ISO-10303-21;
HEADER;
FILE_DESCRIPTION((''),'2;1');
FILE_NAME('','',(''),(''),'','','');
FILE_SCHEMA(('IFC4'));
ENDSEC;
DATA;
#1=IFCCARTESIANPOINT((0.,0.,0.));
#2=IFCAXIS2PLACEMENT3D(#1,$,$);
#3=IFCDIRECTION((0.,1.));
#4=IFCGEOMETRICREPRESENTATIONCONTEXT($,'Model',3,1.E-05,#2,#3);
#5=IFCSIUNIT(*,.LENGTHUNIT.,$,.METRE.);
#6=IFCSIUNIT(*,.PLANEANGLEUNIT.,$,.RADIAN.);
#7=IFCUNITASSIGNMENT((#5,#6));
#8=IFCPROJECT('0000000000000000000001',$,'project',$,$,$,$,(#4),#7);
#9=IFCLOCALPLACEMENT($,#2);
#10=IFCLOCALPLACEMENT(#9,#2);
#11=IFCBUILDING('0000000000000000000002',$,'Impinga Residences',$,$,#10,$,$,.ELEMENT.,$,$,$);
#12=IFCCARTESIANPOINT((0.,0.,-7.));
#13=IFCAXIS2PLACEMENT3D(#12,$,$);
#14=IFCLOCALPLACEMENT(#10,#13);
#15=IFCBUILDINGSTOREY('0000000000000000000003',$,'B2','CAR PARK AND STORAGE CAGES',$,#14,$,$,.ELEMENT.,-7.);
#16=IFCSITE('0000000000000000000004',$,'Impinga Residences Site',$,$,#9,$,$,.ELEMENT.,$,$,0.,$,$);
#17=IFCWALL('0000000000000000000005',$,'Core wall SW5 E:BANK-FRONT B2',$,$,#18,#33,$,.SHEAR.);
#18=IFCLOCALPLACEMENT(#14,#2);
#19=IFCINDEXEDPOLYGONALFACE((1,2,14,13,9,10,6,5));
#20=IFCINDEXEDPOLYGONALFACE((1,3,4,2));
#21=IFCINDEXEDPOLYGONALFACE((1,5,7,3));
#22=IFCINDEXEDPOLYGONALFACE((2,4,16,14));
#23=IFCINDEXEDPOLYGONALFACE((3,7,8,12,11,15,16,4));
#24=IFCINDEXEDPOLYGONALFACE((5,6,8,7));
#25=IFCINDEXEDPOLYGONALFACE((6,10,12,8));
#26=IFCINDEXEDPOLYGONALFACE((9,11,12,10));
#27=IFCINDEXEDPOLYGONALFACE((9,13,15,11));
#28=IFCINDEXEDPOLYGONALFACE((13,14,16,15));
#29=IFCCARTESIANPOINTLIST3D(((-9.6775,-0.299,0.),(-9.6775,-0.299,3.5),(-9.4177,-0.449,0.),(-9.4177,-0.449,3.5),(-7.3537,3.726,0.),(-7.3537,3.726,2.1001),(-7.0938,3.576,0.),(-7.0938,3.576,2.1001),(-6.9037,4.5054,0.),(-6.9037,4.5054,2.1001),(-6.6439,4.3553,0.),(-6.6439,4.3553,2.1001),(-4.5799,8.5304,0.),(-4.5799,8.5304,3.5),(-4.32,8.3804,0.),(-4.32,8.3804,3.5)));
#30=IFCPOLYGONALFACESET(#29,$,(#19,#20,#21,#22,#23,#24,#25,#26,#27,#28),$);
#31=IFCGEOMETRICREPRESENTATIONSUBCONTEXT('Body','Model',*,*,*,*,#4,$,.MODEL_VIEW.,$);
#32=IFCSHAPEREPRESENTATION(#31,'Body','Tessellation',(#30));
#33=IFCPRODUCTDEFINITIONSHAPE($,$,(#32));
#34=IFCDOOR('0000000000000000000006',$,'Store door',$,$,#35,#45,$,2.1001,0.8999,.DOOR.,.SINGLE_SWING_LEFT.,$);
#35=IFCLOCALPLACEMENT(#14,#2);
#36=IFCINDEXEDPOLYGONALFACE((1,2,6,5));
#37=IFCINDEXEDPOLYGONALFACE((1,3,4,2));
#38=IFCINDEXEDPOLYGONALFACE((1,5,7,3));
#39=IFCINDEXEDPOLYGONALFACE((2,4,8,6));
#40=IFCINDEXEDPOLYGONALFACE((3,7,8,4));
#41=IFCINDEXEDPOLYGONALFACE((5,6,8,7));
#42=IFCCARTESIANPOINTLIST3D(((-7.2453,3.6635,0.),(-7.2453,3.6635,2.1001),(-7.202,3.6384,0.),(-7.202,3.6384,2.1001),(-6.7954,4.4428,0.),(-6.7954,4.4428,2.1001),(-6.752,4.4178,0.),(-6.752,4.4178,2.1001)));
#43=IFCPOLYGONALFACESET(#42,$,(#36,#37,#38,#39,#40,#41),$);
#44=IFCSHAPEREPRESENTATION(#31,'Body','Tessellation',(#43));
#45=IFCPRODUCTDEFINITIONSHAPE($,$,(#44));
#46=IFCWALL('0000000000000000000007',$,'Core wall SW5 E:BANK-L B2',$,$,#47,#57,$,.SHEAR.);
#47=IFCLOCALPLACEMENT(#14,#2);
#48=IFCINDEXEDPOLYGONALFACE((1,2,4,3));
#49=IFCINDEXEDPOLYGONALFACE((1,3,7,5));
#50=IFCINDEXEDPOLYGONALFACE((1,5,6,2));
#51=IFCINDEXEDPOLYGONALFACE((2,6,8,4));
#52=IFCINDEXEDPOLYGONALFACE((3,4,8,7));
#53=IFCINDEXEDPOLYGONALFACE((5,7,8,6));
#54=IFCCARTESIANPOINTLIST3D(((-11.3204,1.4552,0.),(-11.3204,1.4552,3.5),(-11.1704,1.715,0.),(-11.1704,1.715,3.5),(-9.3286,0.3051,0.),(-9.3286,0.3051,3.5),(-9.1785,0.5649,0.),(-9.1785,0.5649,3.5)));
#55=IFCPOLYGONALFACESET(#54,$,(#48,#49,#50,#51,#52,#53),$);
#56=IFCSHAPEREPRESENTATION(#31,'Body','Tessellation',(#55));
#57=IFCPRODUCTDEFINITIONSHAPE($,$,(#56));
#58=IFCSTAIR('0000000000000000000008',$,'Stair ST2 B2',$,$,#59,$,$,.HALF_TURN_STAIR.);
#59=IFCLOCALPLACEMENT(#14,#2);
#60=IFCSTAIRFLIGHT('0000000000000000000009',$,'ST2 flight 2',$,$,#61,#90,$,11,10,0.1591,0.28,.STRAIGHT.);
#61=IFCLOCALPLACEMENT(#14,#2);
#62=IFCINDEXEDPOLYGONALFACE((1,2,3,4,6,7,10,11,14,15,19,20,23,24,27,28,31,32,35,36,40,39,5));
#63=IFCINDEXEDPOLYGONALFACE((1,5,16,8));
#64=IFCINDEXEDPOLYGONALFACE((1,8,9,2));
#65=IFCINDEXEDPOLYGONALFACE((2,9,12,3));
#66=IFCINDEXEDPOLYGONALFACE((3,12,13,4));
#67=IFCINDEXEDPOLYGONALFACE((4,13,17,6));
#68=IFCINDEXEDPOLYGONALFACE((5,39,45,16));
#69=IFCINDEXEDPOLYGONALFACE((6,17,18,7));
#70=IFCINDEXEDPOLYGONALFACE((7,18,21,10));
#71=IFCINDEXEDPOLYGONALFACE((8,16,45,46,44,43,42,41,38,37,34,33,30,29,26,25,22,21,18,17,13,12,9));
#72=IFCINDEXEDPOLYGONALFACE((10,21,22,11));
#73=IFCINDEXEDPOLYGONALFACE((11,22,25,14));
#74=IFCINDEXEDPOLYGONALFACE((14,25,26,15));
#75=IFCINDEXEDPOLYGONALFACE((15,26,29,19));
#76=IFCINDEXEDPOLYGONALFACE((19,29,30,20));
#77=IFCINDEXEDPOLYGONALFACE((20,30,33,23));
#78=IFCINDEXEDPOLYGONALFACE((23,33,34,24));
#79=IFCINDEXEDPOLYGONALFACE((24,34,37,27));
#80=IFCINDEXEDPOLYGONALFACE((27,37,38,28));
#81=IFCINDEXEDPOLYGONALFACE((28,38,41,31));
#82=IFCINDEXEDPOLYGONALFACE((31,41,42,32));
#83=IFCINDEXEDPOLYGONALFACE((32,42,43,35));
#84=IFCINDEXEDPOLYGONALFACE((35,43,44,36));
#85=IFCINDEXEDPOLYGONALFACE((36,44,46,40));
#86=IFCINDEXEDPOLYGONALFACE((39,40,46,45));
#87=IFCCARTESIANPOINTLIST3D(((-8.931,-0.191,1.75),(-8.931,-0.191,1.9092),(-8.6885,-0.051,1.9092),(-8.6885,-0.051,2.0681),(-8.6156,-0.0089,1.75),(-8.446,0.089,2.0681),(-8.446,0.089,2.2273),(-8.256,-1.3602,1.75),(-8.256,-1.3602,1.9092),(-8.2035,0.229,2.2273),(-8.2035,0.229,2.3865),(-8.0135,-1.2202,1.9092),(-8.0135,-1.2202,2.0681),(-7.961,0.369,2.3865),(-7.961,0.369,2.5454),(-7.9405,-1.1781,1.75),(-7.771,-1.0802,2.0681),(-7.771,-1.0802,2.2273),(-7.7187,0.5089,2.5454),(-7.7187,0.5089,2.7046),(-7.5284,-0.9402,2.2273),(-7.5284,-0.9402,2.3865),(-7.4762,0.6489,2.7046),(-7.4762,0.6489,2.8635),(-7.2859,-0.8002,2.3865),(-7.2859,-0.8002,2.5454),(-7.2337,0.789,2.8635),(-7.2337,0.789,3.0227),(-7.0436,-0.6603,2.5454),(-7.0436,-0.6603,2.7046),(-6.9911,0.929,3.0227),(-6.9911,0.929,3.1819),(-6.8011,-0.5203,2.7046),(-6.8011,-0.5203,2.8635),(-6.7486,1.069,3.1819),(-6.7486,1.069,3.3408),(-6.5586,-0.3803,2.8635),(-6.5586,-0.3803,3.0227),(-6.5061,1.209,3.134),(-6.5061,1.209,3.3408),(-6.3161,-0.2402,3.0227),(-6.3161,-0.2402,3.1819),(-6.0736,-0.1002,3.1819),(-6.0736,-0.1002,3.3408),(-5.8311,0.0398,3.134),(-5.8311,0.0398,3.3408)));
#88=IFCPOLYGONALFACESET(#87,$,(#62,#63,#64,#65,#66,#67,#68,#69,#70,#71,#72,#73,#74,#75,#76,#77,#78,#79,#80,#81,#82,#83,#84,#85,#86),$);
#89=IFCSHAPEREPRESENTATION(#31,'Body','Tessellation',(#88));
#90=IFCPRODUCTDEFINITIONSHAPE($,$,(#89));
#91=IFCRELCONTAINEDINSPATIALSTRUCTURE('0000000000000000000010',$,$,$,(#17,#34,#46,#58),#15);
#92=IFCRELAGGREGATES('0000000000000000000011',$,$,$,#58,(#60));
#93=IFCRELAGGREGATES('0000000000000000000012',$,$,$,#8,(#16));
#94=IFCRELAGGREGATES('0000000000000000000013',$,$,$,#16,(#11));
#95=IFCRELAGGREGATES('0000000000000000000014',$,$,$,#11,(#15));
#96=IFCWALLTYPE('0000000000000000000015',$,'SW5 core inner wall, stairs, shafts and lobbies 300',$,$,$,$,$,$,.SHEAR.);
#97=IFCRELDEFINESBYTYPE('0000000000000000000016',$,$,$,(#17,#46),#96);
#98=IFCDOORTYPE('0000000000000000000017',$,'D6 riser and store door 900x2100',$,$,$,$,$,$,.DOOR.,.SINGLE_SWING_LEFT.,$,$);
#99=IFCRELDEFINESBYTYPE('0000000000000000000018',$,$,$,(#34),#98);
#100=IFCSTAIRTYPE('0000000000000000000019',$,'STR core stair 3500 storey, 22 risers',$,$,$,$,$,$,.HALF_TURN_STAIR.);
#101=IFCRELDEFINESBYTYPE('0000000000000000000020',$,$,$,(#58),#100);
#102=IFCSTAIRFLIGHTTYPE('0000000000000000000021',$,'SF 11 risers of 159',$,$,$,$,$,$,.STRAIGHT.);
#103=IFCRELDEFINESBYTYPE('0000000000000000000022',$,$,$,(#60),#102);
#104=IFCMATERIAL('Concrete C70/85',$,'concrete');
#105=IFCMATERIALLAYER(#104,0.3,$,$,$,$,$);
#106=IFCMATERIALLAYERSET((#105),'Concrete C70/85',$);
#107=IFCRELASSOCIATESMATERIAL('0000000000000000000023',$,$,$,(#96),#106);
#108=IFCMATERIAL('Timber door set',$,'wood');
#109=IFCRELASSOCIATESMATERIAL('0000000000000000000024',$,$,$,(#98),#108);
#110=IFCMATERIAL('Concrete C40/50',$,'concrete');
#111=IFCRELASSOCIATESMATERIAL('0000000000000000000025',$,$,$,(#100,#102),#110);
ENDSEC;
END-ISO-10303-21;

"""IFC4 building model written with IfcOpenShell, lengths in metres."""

from ifc_helpers import new_model, si_unit, direction, frame, frame_2d, origin, place, context, subcontext, project, spatial, polyline, rectangle, outline, extrude, material, layer, layer_set, type_object, element, fill, aggregate, save


model = new_model("IFC4")

# Units and contexts
model_context = context("Model", 3, precision=1e-05, world=origin(), true_north=direction((0.0, 1.0)))
body_context = subcontext(model_context, "Body", "Model", "MODEL_VIEW")
ifc_project = project(units=[si_unit("LENGTHUNIT", "METRE"), si_unit("PLANEANGLEUNIT", "RADIAN")], contexts=[model_context])

# Site, building, storey
site_placement = place(None, origin())
site = spatial("IfcSite", under=ifc_project, at=site_placement, Name="Impinga Residences Site", CompositionType="ELEMENT", RefElevation=0.0)
building_placement = place(site_placement, origin())
building = spatial("IfcBuilding", under=site, at=building_placement, Name="Impinga Residences", CompositionType="ELEMENT")
storey_placement = place(building_placement, frame((0.0, 0.0, -7.0)))
storey = spatial("IfcBuildingStorey", under=building, at=storey_placement, Name="B2", Description="CAR PARK AND STORAGE CAGES", CompositionType="ELEMENT", Elevation=-7.0)

# Shared definitions
ifc_material_1 = material(Name="Concrete C70/85", Category="concrete")
ifc_material_2 = material(Name="Timber door set", Category="wood")

# Wall, opening, door
ifc_layer_1 = layer(ifc_material_1, 0.3)
ifc_layer_set_1 = layer_set([ifc_layer_1], Name="Concrete C70/85")
wall_type_1 = type_object("IfcWallType", Name="SW5 core inner wall, stairs, shafts and lobbies 300", PredefinedType="SHEAR", material=ifc_layer_set_1)
wall_1_placement = place(storey_placement, frame((-9.5476, -0.374, 0.0), z_axis=(0.0, 0.0, 1.0), x_axis=(0.500002, 0.866024, 0.0)))
wall_1 = element("IfcWall", 1, at=wall_1_placement, inside=storey, type_object=wall_type_1, Name="Core wall SW5 E:BANK-FRONT B2", PredefinedType="SHEAR", context=body_context, shape_type="SweptSolid", body=[
    extrude(rectangle(XDim=10.1953, YDim=0.3, at=frame_2d((5.0977, 0.0))), origin(), (0.0, 0.0, 1.0), 3.5),
])
opening_1_placement = place(wall_1_placement, frame((4.6477, 0.0, 0.0)))
opening_1 = element("IfcOpeningElement", 2, at=opening_1_placement, cuts=wall_1, PredefinedType="OPENING", context=body_context, shape_type="SweptSolid", body=[
    extrude(rectangle(XDim=0.8999, YDim=2.1001, at=frame_2d((0.45, 1.05))), frame((0.0, 0.1599, 0.0), z_axis=(0.0, -1.0, 0.0), x_axis=(1.0, 0.0, 0.0)), (0.0, 0.0, 1.0), 0.3201),
])
door_type_1 = type_object("IfcDoorType", Name="D6 riser and store door 900x2100", OperationType="SINGLE_SWING_LEFT", PredefinedType="DOOR", material=ifc_material_2)
door_1_placement = place(opening_1_placement, origin())
door_1 = element("IfcDoor", 3, at=door_1_placement, inside=storey, type_object=door_type_1, Name="Store door", OperationType="SINGLE_SWING_LEFT", OverallHeight=2.1001, OverallWidth=0.8999, PredefinedType="DOOR", context=body_context, shape_type="SweptSolid", body=[
    extrude(rectangle(XDim=0.8999, YDim=2.1001, at=frame_2d((0.45, 1.05))), frame((0.0, 0.0249, 0.0), z_axis=(0.0, -1.0, 0.0), x_axis=(1.0, 0.0, 0.0)), (0.0, 0.0, 1.0), 0.05),
])
fill(opening_1, door_1)

# Wall
wall_2_placement = place(storey_placement, frame((-9.2537, 0.4351, 0.0), z_axis=(0.0, 0.0, 1.0), x_axis=(-0.866007, 0.500032, 0.0)))
element("IfcWall", 4, at=wall_2_placement, inside=storey, type_object=wall_type_1, Name="Core wall SW5 E:BANK-L B2", PredefinedType="SHEAR", context=body_context, shape_type="SweptSolid", body=[
    extrude(rectangle(XDim=2.3, YDim=0.3, at=frame_2d((1.1499, 0.0))), origin(), (0.0, 0.0, 1.0), 3.5),
])

# Stair, stair flight
ifc_material_3 = material(Name="Concrete C40/50", Category="concrete")
stair_type = type_object("IfcStairType", Name="STR core stair 3500 storey, 22 risers", PredefinedType="HALF_TURN_STAIR", material=ifc_material_3)
stair_placement = place(storey_placement, origin())
stair = element("IfcStair", 5, at=stair_placement, inside=storey, type_object=stair_type, Name="Stair ST2 B2", PredefinedType="HALF_TURN_STAIR")
stair_flight_type = type_object("IfcStairFlightType", Name="SF 11 risers of 159", PredefinedType="STRAIGHT", material=ifc_material_3)
stair_flight_placement = place(storey_placement, frame((-8.5935, -0.7756, 1.75), z_axis=(0.0, 0.0, 1.0), x_axis=(0.866025, 0.5, 0.0)))
stair_flight = element("IfcStairFlight", 6, at=stair_flight_placement, type_object=stair_flight_type, Name="ST2 flight 2", NumberOfRisers=11, NumberOfTreads=10, PredefinedType="STRAIGHT", RiserHeight=0.1591, TreadLength=0.28, context=body_context, shape_type="SweptSolid", body=[
    extrude(outline(polyline([(0.0, 0.0), (0.0, 0.1592), (0.28, 0.1592), (0.28, 0.3181), (0.5601, 0.3181), (0.5601, 0.4773), (0.8401, 0.4773), (0.8401, 0.6365), (1.1201, 0.6365), (1.1201, 0.7954), (1.3999, 0.7954), (1.3999, 0.9546), (1.6799, 0.9546), (1.6799, 1.1135), (1.96, 1.1135), (1.96, 1.2727), (2.24, 1.2727), (2.24, 1.4319), (2.52, 1.4319), (2.52, 1.5908), (2.8, 1.5908), (2.8, 1.75), (2.8, 1.384), (0.3643, 0.0), (0.0, 0.0)])), frame((0.0, 0.675, 0.0), z_axis=(0.0, -1.0, 0.0), x_axis=(1.0, 0.0, 0.0)), (0.0, 0.0, 1.0), 1.3501),
])
aggregate(stair, [stair_flight])

save(model, "model.ifc")
